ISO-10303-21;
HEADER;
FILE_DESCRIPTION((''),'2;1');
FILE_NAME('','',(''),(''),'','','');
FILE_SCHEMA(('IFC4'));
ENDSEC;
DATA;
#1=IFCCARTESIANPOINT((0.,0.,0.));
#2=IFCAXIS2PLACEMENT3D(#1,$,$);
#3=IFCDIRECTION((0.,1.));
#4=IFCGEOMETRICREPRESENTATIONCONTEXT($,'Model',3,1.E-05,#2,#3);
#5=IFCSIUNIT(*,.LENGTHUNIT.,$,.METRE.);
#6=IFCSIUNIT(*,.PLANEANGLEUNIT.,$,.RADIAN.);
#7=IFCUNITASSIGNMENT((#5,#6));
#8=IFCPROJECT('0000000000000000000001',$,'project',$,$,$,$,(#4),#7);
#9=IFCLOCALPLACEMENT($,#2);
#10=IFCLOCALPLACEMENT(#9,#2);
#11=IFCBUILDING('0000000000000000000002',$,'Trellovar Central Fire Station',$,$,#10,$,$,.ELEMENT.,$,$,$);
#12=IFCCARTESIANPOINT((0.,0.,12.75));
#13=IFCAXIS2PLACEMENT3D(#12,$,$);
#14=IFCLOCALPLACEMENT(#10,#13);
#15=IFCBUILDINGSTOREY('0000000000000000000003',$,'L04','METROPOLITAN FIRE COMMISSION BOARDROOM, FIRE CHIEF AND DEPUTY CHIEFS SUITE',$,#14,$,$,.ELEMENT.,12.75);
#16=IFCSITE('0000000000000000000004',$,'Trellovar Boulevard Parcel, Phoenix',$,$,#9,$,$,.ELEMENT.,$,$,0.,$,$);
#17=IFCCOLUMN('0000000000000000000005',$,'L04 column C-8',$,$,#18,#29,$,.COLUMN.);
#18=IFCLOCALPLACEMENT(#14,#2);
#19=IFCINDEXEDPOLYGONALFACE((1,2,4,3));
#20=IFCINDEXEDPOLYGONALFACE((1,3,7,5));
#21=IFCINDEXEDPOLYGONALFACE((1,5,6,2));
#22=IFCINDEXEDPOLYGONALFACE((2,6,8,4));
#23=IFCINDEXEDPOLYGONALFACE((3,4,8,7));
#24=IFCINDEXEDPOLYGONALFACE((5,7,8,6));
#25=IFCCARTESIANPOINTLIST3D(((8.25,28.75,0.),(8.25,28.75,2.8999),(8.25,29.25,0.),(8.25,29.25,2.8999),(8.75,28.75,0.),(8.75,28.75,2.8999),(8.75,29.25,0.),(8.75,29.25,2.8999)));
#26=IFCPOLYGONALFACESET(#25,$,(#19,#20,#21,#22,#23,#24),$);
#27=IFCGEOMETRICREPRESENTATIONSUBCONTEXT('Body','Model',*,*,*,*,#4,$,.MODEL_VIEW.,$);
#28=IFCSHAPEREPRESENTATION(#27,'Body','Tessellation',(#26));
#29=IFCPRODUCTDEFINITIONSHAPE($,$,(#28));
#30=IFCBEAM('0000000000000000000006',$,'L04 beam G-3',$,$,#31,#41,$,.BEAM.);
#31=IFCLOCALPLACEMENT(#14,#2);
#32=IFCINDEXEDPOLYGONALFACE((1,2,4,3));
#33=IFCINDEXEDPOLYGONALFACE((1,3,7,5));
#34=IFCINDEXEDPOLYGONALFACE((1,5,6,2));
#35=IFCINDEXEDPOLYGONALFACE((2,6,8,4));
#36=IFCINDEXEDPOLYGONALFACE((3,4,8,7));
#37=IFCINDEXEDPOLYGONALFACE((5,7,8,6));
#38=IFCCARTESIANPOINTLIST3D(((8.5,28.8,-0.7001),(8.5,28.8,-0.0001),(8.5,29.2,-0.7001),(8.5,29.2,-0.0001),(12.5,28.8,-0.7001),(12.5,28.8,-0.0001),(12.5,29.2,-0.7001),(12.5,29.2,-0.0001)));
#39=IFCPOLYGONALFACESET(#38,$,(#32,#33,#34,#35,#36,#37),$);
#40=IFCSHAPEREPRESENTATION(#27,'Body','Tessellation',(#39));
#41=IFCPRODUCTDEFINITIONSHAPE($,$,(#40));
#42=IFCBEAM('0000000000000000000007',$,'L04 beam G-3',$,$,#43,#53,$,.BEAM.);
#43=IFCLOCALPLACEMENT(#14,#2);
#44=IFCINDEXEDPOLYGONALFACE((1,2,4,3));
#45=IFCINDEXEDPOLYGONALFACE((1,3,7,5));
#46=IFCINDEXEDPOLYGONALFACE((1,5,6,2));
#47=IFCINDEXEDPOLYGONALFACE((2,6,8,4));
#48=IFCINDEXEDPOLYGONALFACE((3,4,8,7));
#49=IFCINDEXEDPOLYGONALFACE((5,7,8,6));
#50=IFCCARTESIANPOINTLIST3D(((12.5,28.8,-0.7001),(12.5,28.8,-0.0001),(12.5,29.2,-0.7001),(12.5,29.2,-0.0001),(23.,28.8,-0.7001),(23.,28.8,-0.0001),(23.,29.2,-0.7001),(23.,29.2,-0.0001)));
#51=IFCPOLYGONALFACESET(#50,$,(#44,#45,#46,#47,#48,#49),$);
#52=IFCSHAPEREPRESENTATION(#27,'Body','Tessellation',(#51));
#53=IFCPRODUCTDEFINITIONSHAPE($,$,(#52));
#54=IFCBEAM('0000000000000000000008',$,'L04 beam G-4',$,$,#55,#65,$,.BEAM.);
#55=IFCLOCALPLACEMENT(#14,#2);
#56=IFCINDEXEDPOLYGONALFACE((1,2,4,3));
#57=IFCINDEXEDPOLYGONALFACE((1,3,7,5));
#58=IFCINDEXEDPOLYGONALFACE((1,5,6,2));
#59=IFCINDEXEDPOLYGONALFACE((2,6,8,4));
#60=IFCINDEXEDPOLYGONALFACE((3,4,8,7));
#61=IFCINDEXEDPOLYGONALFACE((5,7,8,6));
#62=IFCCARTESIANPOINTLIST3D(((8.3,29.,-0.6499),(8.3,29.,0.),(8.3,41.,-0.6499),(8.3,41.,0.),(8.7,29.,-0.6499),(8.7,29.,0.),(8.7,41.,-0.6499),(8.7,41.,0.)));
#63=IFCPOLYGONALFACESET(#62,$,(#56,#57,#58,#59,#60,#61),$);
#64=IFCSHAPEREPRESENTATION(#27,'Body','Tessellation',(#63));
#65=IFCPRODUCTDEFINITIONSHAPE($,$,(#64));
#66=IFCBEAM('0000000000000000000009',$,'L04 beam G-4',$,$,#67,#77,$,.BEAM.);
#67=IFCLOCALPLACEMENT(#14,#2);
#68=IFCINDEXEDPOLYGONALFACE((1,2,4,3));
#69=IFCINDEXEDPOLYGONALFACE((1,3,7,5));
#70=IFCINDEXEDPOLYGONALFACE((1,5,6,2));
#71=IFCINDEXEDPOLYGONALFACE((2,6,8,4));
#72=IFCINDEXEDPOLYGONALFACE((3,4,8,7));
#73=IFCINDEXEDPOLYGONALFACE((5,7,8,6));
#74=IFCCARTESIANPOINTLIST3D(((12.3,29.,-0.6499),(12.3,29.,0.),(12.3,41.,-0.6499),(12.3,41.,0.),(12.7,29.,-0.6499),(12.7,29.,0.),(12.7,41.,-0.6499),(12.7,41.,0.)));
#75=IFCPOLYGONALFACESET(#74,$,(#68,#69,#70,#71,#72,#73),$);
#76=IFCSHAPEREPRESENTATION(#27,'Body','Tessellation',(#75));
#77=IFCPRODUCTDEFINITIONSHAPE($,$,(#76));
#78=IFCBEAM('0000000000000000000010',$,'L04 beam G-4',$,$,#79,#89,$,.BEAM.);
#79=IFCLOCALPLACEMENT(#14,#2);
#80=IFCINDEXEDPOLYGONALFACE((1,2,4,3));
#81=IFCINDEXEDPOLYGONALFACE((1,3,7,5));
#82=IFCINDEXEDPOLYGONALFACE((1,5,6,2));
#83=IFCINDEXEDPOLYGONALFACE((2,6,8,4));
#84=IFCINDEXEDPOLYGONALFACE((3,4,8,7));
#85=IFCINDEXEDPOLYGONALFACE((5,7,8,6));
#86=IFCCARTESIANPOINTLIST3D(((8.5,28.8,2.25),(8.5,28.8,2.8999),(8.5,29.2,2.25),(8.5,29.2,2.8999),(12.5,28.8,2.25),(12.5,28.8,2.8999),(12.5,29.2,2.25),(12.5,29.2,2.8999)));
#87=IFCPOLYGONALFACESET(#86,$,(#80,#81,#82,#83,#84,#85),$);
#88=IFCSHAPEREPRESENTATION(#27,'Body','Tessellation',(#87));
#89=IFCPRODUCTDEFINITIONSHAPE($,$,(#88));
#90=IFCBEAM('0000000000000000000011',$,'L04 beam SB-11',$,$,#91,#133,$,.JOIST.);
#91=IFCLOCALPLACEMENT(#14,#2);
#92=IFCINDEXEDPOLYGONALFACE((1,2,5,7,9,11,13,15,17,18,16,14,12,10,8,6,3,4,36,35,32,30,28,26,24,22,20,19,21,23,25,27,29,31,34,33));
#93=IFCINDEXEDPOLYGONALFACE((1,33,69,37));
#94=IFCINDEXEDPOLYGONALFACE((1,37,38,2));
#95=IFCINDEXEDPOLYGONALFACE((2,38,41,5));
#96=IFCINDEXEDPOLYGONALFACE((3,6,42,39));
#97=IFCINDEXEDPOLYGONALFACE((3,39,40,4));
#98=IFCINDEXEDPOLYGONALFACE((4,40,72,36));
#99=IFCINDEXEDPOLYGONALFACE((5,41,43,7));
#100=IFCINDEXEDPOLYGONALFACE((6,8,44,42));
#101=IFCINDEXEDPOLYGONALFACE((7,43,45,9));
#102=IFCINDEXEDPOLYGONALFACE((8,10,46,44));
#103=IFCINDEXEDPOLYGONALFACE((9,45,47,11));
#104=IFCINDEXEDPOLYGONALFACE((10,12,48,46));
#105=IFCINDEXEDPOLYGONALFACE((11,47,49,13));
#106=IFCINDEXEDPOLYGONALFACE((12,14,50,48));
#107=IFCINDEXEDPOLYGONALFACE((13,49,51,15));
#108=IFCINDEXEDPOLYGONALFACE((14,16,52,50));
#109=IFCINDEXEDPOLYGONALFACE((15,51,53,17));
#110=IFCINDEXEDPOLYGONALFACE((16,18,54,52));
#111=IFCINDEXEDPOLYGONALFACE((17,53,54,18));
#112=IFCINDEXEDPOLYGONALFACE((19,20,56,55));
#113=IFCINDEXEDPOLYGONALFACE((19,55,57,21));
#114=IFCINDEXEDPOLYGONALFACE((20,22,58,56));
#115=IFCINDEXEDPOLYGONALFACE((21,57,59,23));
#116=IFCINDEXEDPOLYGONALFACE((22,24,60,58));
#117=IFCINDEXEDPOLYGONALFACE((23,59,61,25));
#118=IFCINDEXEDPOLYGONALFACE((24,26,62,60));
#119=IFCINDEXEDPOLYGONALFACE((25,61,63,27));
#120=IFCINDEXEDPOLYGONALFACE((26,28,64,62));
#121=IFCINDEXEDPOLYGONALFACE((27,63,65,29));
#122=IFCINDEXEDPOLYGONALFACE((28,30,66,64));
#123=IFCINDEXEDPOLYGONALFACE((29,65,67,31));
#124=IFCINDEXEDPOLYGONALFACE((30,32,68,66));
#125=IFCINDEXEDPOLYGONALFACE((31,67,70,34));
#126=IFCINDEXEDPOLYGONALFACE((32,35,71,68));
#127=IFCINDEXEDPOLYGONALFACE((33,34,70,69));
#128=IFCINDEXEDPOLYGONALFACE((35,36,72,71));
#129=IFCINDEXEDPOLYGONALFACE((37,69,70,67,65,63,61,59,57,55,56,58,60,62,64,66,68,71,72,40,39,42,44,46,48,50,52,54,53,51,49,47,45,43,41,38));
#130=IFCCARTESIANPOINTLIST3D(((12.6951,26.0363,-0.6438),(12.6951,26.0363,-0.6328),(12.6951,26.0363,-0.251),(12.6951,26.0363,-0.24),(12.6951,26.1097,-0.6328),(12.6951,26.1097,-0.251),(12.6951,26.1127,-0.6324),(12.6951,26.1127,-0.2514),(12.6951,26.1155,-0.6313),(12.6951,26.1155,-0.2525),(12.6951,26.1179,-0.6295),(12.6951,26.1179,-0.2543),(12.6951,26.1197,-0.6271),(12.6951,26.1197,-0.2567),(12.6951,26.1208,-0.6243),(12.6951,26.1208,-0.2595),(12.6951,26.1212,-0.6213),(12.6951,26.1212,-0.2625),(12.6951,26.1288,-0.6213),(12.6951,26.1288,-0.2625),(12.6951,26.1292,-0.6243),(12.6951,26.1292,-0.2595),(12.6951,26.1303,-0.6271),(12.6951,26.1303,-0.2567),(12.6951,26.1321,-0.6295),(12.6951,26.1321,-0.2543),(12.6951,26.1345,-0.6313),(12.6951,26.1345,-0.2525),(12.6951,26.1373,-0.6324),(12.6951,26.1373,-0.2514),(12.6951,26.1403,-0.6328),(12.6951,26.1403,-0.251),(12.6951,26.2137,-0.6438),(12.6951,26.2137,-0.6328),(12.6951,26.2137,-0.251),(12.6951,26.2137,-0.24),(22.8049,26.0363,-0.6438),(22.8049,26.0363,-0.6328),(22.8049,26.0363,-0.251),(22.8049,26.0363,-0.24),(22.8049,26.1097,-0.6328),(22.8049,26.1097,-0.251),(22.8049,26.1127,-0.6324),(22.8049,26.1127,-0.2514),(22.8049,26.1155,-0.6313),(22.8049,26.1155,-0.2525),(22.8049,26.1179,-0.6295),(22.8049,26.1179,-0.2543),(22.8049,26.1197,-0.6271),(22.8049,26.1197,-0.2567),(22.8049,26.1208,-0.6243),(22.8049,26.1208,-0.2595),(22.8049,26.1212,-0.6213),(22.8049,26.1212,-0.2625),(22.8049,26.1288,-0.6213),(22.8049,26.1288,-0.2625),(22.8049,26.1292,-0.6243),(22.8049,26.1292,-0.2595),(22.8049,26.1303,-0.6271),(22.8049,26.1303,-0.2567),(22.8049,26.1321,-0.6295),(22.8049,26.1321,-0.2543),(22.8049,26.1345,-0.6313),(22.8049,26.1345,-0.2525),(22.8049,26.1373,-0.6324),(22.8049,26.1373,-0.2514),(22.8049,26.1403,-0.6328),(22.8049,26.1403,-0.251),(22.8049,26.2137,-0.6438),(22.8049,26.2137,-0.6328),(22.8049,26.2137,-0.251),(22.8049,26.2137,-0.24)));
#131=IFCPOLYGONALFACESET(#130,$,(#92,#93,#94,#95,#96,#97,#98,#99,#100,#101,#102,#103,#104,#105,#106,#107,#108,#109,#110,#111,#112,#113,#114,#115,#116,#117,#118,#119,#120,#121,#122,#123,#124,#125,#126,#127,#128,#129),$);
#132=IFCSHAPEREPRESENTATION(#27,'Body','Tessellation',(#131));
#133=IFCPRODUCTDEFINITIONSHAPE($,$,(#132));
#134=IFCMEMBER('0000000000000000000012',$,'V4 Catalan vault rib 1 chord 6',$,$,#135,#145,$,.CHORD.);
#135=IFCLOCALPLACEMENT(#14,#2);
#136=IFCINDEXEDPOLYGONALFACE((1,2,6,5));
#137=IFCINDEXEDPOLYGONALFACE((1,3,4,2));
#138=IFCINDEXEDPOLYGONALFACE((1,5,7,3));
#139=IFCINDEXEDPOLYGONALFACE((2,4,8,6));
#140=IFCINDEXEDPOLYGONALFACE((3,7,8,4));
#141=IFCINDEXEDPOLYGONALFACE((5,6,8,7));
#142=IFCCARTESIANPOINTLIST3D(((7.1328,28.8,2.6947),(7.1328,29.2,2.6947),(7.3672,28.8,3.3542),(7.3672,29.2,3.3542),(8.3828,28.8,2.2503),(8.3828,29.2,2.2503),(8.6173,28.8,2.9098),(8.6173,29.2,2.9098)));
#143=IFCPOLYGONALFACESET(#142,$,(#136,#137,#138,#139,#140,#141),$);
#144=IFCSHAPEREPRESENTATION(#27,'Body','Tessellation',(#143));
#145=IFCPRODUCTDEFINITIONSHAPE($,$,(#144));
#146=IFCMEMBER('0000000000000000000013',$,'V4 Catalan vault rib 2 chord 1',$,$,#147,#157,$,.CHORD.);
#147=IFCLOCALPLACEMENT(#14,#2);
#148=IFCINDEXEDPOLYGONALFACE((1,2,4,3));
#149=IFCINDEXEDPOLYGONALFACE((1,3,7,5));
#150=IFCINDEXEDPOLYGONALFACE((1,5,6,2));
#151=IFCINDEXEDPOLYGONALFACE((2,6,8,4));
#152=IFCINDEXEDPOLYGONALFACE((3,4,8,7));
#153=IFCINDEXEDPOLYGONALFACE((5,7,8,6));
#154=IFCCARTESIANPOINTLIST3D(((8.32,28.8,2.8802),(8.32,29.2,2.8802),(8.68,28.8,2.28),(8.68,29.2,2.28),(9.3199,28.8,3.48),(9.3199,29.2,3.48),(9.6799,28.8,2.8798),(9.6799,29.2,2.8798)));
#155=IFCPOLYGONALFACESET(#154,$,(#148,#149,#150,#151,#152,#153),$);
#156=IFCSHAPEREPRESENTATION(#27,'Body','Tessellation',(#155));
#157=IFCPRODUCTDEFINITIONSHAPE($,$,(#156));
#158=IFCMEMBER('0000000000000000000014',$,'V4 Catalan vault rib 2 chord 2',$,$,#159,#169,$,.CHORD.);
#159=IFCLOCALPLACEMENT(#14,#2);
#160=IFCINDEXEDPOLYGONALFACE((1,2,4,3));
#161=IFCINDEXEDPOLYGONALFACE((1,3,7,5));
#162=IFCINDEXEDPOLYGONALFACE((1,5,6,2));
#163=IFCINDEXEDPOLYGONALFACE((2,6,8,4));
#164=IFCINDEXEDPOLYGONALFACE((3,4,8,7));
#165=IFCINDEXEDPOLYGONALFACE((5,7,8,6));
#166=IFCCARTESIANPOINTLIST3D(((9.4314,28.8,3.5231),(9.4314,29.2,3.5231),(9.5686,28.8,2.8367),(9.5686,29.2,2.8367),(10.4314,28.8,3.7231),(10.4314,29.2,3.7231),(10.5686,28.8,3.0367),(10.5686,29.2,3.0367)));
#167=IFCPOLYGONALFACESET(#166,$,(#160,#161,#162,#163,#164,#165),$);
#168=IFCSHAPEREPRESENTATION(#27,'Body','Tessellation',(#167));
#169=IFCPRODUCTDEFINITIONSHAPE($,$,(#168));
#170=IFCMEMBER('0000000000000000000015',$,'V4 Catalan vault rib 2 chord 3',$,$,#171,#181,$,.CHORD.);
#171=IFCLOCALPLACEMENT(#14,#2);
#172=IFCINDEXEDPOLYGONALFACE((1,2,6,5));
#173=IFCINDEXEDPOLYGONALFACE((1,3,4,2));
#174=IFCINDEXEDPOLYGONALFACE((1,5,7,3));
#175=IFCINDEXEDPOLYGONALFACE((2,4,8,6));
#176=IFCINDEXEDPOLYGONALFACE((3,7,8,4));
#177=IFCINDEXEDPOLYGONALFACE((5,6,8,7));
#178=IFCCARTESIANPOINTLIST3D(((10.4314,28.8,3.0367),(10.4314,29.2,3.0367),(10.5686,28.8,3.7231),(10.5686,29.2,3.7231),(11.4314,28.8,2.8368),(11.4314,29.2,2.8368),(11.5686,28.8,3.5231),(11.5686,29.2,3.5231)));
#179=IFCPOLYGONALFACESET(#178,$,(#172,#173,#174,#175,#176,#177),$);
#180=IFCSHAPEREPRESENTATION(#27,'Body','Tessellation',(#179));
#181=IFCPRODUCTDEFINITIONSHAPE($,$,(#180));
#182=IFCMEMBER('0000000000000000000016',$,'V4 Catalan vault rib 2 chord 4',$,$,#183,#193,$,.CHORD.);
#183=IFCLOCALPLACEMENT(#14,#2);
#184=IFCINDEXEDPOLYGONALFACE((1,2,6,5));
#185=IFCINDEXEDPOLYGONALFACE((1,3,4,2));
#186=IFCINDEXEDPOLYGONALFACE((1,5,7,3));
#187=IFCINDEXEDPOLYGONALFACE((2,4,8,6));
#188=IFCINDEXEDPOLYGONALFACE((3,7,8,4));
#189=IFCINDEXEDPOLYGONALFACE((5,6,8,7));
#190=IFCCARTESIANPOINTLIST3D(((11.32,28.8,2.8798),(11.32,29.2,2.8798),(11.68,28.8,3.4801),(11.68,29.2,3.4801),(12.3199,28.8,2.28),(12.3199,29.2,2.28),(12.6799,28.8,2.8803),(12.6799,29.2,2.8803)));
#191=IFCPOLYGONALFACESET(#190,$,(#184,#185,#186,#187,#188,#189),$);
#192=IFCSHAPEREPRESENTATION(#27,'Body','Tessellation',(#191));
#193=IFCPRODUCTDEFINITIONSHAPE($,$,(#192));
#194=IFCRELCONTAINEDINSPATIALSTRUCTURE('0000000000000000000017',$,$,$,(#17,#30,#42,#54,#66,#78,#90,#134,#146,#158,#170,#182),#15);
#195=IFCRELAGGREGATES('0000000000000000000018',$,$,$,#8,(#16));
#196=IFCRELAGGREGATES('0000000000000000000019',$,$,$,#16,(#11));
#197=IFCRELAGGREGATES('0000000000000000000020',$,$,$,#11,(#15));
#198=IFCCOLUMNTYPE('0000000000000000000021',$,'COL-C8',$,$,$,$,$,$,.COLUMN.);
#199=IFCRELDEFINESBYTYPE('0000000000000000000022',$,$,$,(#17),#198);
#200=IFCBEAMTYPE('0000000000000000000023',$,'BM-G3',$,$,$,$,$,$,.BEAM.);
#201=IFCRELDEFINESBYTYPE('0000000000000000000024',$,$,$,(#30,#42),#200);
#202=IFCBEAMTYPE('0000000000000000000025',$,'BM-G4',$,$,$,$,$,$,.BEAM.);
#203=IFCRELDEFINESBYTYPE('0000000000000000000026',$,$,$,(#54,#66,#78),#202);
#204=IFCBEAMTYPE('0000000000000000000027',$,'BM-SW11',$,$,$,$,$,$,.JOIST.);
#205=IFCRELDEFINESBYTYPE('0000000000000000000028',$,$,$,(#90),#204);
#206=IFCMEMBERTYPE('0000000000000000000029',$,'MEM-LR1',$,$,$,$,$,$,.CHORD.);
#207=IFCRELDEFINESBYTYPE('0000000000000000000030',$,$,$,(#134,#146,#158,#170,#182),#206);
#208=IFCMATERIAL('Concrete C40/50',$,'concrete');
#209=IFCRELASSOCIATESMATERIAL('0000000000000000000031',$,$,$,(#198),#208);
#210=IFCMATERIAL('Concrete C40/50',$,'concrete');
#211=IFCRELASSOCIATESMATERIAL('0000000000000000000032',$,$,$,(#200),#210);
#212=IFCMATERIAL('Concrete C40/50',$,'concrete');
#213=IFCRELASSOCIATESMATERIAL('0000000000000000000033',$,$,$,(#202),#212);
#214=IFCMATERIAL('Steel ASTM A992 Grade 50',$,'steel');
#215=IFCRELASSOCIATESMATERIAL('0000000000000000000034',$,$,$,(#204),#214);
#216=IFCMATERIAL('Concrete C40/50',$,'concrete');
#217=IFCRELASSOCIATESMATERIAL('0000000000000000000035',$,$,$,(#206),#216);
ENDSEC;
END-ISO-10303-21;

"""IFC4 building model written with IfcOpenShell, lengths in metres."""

from ifc_helpers import new_model, si_unit, direction, frame, origin, origin_2d, place, context, subcontext, project, spatial, rectangle, i_section, extrude, material, material_profile, profile_set, type_object, element, save


model = new_model("IFC4")

# Units and contexts
model_context = context("Model", 3, precision=1e-05, world=origin(), true_north=direction((0.0, 1.0)))
body_context = subcontext(model_context, "Body", "Model", "MODEL_VIEW")
ifc_project = project(units=[si_unit("LENGTHUNIT", "METRE"), si_unit("PLANEANGLEUNIT", "RADIAN")], contexts=[model_context])

# Site, building, storey
site_placement = place(None, origin())
site = spatial("IfcSite", under=ifc_project, at=site_placement, Name="Trellovar Boulevard Parcel, Phoenix", CompositionType="ELEMENT", RefElevation=0.0)
building_placement = place(site_placement, origin())
building = spatial("IfcBuilding", under=site, at=building_placement, Name="Trellovar Central Fire Station", CompositionType="ELEMENT")
storey_placement = place(building_placement, frame((0.0, 0.0, 12.75)))
storey = spatial("IfcBuildingStorey", under=building, at=storey_placement, Name="L04", Description="METROPOLITAN FIRE COMMISSION BOARDROOM, FIRE CHIEF AND DEPUTY CHIEFS SUITE", CompositionType="ELEMENT", Elevation=12.75)

# Column
ifc_material_1 = material(Name="Concrete C40/50", Category="concrete")
ifc_material_profile_1 = material_profile(ifc_material_1, rectangle(XDim=0.5, YDim=0.5, at=origin_2d()), Name="RC500X500")
ifc_profile_set_1 = profile_set([ifc_material_profile_1], Name="Concrete C40/50")
column_type = type_object("IfcColumnType", Name="COL-C8", PredefinedType="COLUMN", material=ifc_profile_set_1)
column_placement = place(storey_placement, frame((8.5, 29.0, 0.0), z_axis=(0.0, 0.0, 1.0), x_axis=(1.0, 0.0, 0.0)))
element("IfcColumn", 1, at=column_placement, inside=storey, type_object=column_type, Name="L04 column C-8", PredefinedType="COLUMN", context=body_context, shape_type="SweptSolid", body=[
    extrude(rectangle(XDim=0.5, YDim=0.5, at=origin_2d()), origin(), (0.0, 0.0, 1.0), 2.8999),
])

# Beams
ifc_material_2 = material(Name="Concrete C40/50", Category="concrete")
ifc_material_profile_2 = material_profile(ifc_material_2, rectangle(XDim=0.3999, YDim=0.7, at=origin_2d()), Name="RC400X700")
ifc_profile_set_2 = profile_set([ifc_material_profile_2], Name="Concrete C40/50")
beam_type_1 = type_object("IfcBeamType", Name="BM-G3", PredefinedType="BEAM", material=ifc_profile_set_2)
beam_1_placement = place(storey_placement, frame((8.5, 29.0, -0.3501), z_axis=(1.0, 0.0, 0.0), x_axis=(0.0, 1.0, 0.0)))
element("IfcBeam", 2, at=beam_1_placement, inside=storey, type_object=beam_type_1, Name="L04 beam G-3", PredefinedType="BEAM", context=body_context, shape_type="SweptSolid", body=[
    extrude(rectangle(XDim=0.3999, YDim=0.7, at=origin_2d()), origin(), (0.0, 0.0, 1.0), 4.0),
])
beam_2_placement = place(storey_placement, frame((12.5, 29.0, -0.3501), z_axis=(1.0, 0.0, 0.0), x_axis=(0.0, 1.0, 0.0)))
element("IfcBeam", 3, at=beam_2_placement, inside=storey, type_object=beam_type_1, Name="L04 beam G-3", PredefinedType="BEAM", context=body_context, shape_type="SweptSolid", body=[
    extrude(rectangle(XDim=0.3999, YDim=0.7, at=origin_2d()), origin(), (0.0, 0.0, 1.0), 10.5),
])
ifc_material_3 = material(Name="Concrete C40/50", Category="concrete")
ifc_material_profile_3 = material_profile(ifc_material_3, rectangle(XDim=0.3999, YDim=0.6499, at=origin_2d()), Name="RC400X650")
ifc_profile_set_3 = profile_set([ifc_material_profile_3], Name="Concrete C40/50")
beam_type_2 = type_object("IfcBeamType", Name="BM-G4", PredefinedType="BEAM", material=ifc_profile_set_3)
for number, where, z_axis, x_axis, name in (
    (4, (8.5, 29.0, -0.325), (0.0, 1.0, 0.0), (-1.0, 0.0, 0.0), "L04 beam G-4"),
    (5, (12.5, 29.0, -0.325), (0.0, 1.0, 0.0), (-1.0, 0.0, 0.0), "L04 beam G-4"),
):
    element("IfcBeam", number, at=place(storey_placement, frame(where, z_axis=z_axis, x_axis=x_axis)), inside=storey, type_object=beam_type_2, Name=name, PredefinedType="BEAM", context=body_context, shape_type="SweptSolid", body=[
        extrude(rectangle(XDim=0.3999, YDim=0.6499, at=origin_2d()), origin(), (0.0, 0.0, 1.0), 12.0),
    ])
beam_3_placement = place(storey_placement, frame((8.5, 29.0, 2.575), z_axis=(1.0, 0.0, 0.0), x_axis=(0.0, 1.0, 0.0)))
element("IfcBeam", 6, at=beam_3_placement, inside=storey, type_object=beam_type_2, Name="L04 beam G-4", PredefinedType="BEAM", context=body_context, shape_type="SweptSolid", body=[
    extrude(rectangle(XDim=0.3999, YDim=0.6499, at=origin_2d()), origin(), (0.0, 0.0, 1.0), 4.0),
])
ifc_material_4 = material(Name="Steel ASTM A992 Grade 50", Category="steel")
ifc_material_profile_4 = material_profile(ifc_material_4, i_section(OverallWidth=0.1775, OverallDepth=0.4038, WebThickness=0.0076, FlangeThickness=0.011, FilletRadius=0.0115, at=origin_2d()), Name="W16X36")
ifc_profile_set_4 = profile_set([ifc_material_profile_4], Name="Steel ASTM A992 Grade 50")
beam_type_3 = type_object("IfcBeamType", Name="BM-SW11", PredefinedType="JOIST", material=ifc_profile_set_4)
beam_4_placement = place(storey_placement, frame((12.6951, 26.125, -0.4419), z_axis=(1.0, 0.0, 0.0), x_axis=(0.0, 1.0, 0.0)))
element("IfcBeam", 7, at=beam_4_placement, inside=storey, type_object=beam_type_3, Name="L04 beam SB-11", PredefinedType="JOIST", context=body_context, shape_type="SweptSolid", body=[
    extrude(i_section(OverallWidth=0.1775, OverallDepth=0.4038, WebThickness=0.0076, FlangeThickness=0.011, FilletRadius=0.0115, at=origin_2d()), origin(), (0.0, 0.0, 1.0), 10.1099),
])

# Members
ifc_material_5 = material(Name="Concrete C40/50", Category="concrete")
ifc_material_profile_5 = material_profile(ifc_material_5, rectangle(XDim=0.3999, YDim=0.7, at=origin_2d()), Name="RC400X700")
ifc_profile_set_5 = profile_set([ifc_material_profile_5], Name="Concrete C40/50")
member_type = type_object("IfcMemberType", Name="MEM-LR1", PredefinedType="CHORD", material=ifc_profile_set_5)
member_1_placement = place(storey_placement, frame((7.25, 29.0, 3.0244), z_axis=(0.942241, 0.0, -0.334937), x_axis=(0.0, 1.0, 0.0)))
element("IfcMember", 8, at=member_1_placement, inside=storey, type_object=member_type, Name="V4 Catalan vault rib 1 chord 6", PredefinedType="CHORD", context=body_context, shape_type="SweptSolid", body=[
    extrude(rectangle(XDim=0.3999, YDim=0.7, at=origin_2d()), origin(), (0.0, 0.0, 1.0), 1.3267),
])
member_2_placement = place(storey_placement, frame((8.5, 29.0, 2.5801), z_axis=(0.857548, 0.0, 0.514403), x_axis=(0.0, 1.0, 0.0)))
element("IfcMember", 9, at=member_2_placement, inside=storey, type_object=member_type, Name="V4 Catalan vault rib 2 chord 1", PredefinedType="CHORD", context=body_context, shape_type="SweptSolid", body=[
    extrude(rectangle(XDim=0.3999, YDim=0.7, at=origin_2d()), origin(), (0.0, 0.0, 1.0), 1.166),
])
for number, where, z_axis, x_axis, name in (
    (10, (9.5, 29.0, 3.1799), (0.98059, 0.0, 0.19607), (0.0, 1.0, 0.0), "V4 Catalan vault rib 2 chord 2"),
    (11, (10.5, 29.0, 3.3799), (0.98059, 0.0, -0.19607), (0.0, 1.0, 0.0), "V4 Catalan vault rib 2 chord 3"),
):
    element("IfcMember", number, at=place(storey_placement, frame(where, z_axis=z_axis, x_axis=x_axis)), inside=storey, type_object=member_type, Name=name, PredefinedType="CHORD", context=body_context, shape_type="SweptSolid", body=[
        extrude(rectangle(XDim=0.3999, YDim=0.7, at=origin_2d()), origin(), (0.0, 0.0, 1.0), 1.0198),
    ])
member_3_placement = place(storey_placement, frame((11.5, 29.0, 3.1799), z_axis=(0.857548, 0.0, -0.514403), x_axis=(0.0, 1.0, 0.0)))
element("IfcMember", 12, at=member_3_placement, inside=storey, type_object=member_type, Name="V4 Catalan vault rib 2 chord 4", PredefinedType="CHORD", context=body_context, shape_type="SweptSolid", body=[
    extrude(rectangle(XDim=0.3999, YDim=0.7, at=origin_2d()), origin(), (0.0, 0.0, 1.0), 1.166),
])

save(model, "model.ifc")
